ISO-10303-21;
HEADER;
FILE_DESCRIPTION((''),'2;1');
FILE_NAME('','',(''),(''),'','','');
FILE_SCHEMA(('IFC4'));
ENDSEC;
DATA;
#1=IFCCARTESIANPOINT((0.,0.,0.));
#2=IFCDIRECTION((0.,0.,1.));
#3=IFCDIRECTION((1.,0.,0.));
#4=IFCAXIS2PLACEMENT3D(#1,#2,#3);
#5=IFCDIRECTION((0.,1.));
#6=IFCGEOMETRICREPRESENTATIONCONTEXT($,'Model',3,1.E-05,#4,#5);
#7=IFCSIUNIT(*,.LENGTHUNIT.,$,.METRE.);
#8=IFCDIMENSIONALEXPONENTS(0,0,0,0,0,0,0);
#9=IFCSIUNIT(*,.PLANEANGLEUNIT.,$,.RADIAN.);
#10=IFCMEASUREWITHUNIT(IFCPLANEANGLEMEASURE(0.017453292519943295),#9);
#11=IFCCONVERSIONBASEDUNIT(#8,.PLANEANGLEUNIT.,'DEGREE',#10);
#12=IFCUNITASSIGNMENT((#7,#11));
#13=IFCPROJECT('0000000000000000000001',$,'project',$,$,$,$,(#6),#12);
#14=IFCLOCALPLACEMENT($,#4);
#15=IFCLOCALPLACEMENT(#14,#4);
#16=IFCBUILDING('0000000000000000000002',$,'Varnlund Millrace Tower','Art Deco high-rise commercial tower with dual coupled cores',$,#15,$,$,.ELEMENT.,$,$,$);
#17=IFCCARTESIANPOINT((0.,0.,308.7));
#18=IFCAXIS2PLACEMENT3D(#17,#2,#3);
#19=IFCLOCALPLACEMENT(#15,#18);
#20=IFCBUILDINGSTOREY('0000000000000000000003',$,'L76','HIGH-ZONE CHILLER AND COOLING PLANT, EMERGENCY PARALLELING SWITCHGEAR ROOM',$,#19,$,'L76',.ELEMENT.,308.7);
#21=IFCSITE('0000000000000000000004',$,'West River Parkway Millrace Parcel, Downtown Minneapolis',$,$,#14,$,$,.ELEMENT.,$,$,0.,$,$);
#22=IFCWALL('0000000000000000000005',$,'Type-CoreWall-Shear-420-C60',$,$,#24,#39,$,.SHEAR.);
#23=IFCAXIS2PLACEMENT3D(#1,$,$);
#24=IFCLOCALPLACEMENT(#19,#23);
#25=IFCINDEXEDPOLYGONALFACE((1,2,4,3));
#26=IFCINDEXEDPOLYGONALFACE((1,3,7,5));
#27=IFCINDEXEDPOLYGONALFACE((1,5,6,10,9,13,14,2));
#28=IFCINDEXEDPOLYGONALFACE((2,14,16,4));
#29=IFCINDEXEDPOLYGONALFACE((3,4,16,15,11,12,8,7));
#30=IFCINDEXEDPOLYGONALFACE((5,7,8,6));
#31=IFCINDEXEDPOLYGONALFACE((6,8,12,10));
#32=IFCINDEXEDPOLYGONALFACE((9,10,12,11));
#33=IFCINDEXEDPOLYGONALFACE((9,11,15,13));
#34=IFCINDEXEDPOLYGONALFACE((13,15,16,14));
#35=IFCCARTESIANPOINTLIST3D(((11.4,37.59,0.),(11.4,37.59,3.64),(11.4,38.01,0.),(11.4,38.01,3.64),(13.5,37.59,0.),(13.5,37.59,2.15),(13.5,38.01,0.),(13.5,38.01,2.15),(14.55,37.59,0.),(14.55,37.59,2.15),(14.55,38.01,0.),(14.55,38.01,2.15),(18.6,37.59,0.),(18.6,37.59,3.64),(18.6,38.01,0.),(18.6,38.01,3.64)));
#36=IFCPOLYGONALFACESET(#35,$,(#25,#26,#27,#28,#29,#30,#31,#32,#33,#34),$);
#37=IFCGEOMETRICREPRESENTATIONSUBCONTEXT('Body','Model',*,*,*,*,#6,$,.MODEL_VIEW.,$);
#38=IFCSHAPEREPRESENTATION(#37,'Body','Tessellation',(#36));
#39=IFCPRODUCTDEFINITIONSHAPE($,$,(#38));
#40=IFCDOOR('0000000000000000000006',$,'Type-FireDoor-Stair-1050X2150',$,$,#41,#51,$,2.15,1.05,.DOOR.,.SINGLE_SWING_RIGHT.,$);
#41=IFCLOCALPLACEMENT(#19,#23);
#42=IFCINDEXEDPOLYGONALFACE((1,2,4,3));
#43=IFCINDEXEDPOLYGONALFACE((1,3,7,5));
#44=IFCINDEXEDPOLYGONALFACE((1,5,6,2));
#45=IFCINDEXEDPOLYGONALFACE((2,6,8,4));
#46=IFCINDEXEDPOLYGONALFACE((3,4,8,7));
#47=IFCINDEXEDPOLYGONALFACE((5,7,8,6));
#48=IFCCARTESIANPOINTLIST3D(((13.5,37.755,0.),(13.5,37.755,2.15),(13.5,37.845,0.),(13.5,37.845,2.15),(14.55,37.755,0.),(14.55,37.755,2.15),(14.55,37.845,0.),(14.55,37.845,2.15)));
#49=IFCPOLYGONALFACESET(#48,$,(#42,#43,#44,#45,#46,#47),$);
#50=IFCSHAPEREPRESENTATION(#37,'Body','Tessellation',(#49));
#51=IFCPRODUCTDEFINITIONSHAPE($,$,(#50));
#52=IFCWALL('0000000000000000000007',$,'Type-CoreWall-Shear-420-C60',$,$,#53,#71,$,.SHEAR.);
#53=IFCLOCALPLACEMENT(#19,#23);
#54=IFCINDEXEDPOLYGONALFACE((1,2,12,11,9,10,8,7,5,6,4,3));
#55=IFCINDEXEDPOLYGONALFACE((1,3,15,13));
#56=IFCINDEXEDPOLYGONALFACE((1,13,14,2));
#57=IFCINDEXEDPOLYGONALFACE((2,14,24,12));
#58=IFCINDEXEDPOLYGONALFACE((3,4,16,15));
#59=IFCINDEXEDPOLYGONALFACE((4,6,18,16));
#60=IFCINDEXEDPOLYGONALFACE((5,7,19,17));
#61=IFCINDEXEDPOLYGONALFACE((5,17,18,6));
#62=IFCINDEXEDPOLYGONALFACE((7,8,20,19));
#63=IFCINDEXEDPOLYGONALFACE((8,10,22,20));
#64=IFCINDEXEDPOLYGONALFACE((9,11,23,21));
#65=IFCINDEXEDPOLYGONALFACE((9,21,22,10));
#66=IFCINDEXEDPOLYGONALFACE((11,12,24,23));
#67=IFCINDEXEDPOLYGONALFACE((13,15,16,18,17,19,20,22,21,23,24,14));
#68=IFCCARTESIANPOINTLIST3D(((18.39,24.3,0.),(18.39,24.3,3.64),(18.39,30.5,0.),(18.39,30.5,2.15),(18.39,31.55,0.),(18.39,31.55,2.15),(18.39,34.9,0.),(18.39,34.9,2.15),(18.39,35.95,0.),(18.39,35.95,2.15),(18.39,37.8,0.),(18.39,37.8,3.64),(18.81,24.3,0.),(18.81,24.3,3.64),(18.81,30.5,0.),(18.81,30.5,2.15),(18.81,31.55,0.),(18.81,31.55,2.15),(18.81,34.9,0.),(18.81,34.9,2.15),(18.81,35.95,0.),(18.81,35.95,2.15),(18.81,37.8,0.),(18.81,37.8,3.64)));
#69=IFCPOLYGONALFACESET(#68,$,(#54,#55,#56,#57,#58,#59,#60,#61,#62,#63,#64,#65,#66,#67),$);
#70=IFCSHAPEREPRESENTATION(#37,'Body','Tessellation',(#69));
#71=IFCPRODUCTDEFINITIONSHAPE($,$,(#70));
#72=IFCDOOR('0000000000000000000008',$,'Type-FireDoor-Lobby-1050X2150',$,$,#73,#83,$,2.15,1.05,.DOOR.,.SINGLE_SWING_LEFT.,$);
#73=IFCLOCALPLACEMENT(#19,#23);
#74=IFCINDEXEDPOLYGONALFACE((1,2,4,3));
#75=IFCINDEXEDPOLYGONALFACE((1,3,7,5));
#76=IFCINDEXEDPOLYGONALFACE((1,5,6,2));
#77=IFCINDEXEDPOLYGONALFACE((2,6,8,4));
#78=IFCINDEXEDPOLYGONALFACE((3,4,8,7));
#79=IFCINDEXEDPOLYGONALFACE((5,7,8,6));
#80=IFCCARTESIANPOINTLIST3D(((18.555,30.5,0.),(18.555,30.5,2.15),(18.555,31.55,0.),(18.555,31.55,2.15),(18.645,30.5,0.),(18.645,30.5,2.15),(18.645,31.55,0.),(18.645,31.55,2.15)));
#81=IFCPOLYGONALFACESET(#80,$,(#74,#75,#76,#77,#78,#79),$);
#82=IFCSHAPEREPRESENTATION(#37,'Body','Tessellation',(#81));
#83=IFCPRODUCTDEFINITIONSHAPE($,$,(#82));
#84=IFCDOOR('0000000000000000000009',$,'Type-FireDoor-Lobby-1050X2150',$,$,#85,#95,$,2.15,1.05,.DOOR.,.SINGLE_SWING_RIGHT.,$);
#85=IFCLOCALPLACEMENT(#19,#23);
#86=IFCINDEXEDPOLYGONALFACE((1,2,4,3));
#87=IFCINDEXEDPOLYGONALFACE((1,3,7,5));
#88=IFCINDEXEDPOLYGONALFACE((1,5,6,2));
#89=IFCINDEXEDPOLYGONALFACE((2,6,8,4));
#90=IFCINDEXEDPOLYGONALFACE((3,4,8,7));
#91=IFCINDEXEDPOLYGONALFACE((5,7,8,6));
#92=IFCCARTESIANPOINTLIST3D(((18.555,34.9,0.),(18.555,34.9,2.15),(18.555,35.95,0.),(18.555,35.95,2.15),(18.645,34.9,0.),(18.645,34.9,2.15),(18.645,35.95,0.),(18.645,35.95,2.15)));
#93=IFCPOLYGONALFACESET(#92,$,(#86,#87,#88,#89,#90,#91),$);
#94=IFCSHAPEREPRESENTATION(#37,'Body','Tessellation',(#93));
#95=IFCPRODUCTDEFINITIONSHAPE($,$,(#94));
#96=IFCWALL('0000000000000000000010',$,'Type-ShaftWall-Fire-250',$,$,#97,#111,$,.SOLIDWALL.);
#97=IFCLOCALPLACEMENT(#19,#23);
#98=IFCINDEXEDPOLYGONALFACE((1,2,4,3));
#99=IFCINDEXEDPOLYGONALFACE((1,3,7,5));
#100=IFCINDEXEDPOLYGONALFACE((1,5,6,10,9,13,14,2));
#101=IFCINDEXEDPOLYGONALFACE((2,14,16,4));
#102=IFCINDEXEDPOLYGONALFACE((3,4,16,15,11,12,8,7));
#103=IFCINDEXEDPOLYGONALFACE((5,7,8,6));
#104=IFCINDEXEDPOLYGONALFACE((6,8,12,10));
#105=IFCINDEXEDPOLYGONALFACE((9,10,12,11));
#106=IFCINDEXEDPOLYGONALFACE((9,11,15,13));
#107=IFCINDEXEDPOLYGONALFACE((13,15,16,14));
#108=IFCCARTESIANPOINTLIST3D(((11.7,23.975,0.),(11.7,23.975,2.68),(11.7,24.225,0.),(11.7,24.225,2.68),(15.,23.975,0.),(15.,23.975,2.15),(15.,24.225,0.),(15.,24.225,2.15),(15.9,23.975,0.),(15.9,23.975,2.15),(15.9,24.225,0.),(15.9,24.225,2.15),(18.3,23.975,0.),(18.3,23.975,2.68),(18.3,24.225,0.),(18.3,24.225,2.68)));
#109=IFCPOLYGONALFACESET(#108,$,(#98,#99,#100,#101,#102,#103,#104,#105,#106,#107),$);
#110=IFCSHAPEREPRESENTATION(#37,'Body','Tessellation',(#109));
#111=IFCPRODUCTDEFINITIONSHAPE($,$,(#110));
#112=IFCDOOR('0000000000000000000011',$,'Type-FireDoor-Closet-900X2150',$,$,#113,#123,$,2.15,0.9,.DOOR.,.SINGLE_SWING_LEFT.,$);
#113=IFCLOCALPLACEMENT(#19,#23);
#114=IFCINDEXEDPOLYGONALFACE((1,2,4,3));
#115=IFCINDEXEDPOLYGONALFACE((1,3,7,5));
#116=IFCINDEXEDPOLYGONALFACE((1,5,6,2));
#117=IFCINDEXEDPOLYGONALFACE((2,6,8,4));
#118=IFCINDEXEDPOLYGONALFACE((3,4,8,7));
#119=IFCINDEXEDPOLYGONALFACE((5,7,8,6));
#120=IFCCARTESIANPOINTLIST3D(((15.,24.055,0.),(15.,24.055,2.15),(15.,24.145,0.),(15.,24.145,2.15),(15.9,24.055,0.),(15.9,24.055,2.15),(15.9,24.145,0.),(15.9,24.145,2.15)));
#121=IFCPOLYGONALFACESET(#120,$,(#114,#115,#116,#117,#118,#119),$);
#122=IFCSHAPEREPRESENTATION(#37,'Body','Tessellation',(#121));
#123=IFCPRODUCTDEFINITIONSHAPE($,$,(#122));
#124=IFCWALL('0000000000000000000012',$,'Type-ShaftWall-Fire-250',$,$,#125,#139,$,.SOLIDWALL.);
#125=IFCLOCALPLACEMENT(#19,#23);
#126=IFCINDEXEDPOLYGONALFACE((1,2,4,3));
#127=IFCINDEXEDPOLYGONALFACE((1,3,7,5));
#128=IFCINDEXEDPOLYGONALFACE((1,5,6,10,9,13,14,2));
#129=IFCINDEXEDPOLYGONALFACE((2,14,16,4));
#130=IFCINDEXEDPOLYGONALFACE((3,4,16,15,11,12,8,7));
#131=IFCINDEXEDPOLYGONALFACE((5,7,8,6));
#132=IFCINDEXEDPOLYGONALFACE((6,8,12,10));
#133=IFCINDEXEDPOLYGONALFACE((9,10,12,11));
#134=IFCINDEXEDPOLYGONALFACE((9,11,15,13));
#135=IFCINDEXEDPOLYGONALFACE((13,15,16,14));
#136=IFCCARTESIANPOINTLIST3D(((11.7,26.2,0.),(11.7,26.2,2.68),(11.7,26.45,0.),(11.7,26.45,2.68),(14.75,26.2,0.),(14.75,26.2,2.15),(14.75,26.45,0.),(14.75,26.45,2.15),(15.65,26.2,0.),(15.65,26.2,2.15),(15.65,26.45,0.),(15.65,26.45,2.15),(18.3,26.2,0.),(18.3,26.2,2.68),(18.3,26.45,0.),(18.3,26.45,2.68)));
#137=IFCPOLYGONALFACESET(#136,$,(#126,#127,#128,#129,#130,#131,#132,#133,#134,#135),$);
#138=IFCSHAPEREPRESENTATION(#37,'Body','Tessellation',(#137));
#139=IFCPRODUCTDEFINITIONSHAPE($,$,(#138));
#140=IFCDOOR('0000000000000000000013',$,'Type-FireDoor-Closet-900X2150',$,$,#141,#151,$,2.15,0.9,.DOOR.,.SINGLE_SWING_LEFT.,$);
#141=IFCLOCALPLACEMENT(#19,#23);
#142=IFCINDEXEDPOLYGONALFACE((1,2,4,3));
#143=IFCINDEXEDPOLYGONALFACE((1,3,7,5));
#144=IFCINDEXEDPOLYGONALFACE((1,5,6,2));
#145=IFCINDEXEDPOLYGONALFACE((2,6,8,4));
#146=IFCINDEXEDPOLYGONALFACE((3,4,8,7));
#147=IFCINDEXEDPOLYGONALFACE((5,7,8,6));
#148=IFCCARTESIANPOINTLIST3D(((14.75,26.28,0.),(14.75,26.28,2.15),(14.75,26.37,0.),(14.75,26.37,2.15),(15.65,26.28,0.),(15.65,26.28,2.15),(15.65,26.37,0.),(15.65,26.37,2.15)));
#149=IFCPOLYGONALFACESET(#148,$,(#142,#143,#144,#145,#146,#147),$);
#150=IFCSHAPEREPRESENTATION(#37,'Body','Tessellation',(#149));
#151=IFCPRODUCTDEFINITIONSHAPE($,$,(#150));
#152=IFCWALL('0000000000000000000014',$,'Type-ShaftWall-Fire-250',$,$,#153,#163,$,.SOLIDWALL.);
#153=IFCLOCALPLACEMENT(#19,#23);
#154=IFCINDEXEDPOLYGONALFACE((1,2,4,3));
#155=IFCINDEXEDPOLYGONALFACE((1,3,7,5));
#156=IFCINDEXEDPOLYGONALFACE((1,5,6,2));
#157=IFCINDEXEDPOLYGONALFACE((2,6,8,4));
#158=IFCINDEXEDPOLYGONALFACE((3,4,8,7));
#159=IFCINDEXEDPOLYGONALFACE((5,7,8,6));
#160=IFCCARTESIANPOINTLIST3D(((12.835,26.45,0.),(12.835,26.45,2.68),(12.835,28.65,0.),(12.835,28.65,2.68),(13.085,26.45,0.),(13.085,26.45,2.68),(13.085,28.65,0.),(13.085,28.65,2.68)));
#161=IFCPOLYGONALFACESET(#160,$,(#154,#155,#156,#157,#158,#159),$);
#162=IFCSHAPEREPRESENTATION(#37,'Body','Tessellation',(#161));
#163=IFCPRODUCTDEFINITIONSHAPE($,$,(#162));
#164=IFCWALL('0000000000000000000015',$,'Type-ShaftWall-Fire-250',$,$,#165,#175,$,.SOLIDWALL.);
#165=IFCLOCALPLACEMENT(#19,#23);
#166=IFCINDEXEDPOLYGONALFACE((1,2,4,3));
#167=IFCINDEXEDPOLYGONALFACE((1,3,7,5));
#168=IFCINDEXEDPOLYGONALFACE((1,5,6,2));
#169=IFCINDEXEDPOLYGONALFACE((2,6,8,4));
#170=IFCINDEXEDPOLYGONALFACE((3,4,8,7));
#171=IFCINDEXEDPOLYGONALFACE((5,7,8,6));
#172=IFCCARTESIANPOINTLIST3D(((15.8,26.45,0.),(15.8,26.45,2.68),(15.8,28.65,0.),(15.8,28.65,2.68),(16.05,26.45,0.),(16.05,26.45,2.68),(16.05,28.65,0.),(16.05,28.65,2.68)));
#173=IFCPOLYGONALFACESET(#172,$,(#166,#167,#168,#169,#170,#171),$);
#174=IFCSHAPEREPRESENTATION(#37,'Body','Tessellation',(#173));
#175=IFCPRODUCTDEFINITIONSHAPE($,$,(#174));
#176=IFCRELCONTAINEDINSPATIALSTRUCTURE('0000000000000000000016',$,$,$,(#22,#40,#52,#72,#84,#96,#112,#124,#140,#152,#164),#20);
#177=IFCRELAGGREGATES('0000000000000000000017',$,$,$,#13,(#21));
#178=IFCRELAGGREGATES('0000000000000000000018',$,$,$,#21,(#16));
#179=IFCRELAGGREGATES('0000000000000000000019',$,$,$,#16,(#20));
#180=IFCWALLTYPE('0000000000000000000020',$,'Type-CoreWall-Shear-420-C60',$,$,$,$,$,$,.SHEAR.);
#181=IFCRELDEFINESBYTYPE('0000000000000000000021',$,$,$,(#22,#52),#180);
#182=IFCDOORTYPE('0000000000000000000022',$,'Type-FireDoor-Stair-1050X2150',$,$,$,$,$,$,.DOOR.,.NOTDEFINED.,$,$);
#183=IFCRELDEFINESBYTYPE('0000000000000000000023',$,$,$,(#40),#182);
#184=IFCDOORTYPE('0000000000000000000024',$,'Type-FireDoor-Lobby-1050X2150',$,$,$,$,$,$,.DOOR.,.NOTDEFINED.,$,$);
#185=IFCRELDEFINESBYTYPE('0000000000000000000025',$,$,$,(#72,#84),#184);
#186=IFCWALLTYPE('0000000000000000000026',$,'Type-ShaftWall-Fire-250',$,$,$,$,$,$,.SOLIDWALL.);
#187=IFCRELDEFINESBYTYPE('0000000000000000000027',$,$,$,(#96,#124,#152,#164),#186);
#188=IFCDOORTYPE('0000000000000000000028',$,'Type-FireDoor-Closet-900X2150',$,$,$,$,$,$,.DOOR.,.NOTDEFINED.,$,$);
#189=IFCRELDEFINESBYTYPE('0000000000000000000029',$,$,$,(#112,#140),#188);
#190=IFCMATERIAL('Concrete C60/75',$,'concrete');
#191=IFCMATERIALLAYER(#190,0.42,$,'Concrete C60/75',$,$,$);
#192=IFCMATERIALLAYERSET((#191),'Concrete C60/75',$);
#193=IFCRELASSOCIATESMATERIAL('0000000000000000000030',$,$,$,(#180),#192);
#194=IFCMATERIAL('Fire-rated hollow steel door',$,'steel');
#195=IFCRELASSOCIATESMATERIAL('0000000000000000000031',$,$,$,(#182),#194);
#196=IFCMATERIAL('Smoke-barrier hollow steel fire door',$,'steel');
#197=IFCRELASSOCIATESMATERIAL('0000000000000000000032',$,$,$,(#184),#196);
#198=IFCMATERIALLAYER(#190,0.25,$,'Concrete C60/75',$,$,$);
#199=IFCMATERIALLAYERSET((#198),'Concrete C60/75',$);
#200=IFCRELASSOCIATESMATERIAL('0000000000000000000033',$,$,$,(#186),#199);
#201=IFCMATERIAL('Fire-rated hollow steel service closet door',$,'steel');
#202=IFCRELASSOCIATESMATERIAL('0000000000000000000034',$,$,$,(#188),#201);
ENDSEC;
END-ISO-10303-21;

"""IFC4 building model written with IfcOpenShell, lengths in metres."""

from ifc_helpers import new_model, entity, si_unit, converted_unit, direction, frame, origin_with_axes, origin_2d_with_axis, place, context, subcontext, project, spatial, polyline, rectangle, outline, extrude, material, layer, layer_set, type_object, element, fill, save


model = new_model("IFC4")

# Units and contexts
model_context = context("Model", 3, precision=1e-05, world=origin_with_axes(), true_north=direction((0.0, 1.0)))
body_context = subcontext(model_context, "Body", "Model", "MODEL_VIEW")
ifc_project = project(units=[si_unit("LENGTHUNIT", "METRE"), converted_unit("PLANEANGLEUNIT", "DEGREE", entity("IfcPlaneAngleMeasure", 0.017453292519943295), si_unit("PLANEANGLEUNIT", "RADIAN"), dimensions=[0, 0, 0, 0, 0, 0, 0])], contexts=[model_context])

# Site, building, storey
site_placement = place(None, origin_with_axes())
site = spatial("IfcSite", under=ifc_project, at=site_placement, Name="West River Parkway Millrace Parcel, Downtown Minneapolis", CompositionType="ELEMENT", RefElevation=0.0)
building_placement = place(site_placement, origin_with_axes())
building = spatial("IfcBuilding", under=site, at=building_placement, Name="Varnlund Millrace Tower", Description="Art Deco high-rise commercial tower with dual coupled cores", CompositionType="ELEMENT")
storey_placement = place(building_placement, frame((0.0, 0.0, 308.7), z_axis=(0.0, 0.0, 1.0), x_axis=(1.0, 0.0, 0.0)))
storey = spatial("IfcBuildingStorey", under=building, at=storey_placement, Name="L76", Description="HIGH-ZONE CHILLER AND COOLING PLANT, EMERGENCY PARALLELING SWITCHGEAR ROOM", LongName="L76", CompositionType="ELEMENT", Elevation=308.7)

# Wall, opening, door
ifc_material_1 = material(Name="Concrete C60/75", Category="concrete")
ifc_layer_1 = layer(ifc_material_1, 0.42, Name="Concrete C60/75")
ifc_layer_set_1 = layer_set([ifc_layer_1], Name="Concrete C60/75")
wall_type_1 = type_object("IfcWallType", Name="Type-CoreWall-Shear-420-C60", PredefinedType="SHEAR", material=ifc_layer_set_1)
wall_1_placement = place(storey_placement, frame((11.4, 37.8, 0.0), z_axis=(0.0, 0.0, 1.0), x_axis=(1.0, 0.0, 0.0)))
wall_1 = element("IfcWall", 1, at=wall_1_placement, inside=storey, type_object=wall_type_1, Name="Type-CoreWall-Shear-420-C60", PredefinedType="SHEAR", context=body_context, shape_type="SweptSolid", body=[
    extrude(outline(polyline([(0.0, -0.21), (7.2, -0.21), (7.2, 0.21), (0.0, 0.21), (0.0, -0.21)])), origin_with_axes(), (0.0, 0.0, 1.0), 3.64),
])
opening_1_placement = place(wall_1_placement, frame((2.625, 0.0, 0.0), z_axis=(0.0, 0.0, 1.0), x_axis=(1.0, 0.0, 0.0)))
opening_1 = element("IfcOpeningElement", 2, at=opening_1_placement, cuts=wall_1, PredefinedType="OPENING", context=body_context, shape_type="SweptSolid", body=[
    extrude(rectangle(XDim=1.05, YDim=0.44, at=origin_2d_with_axis()), origin_with_axes(), (0.0, 0.0, 1.0), 2.15),
])
ifc_material_2 = material(Name="Fire-rated hollow steel door", Category="steel")
door_type_1 = type_object("IfcDoorType", Name="Type-FireDoor-Stair-1050X2150", OperationType="NOTDEFINED", PredefinedType="DOOR", material=ifc_material_2)
door_1_placement = place(wall_1_placement, frame((2.625, 0.0, 0.0), z_axis=(0.0, 0.0, 1.0), x_axis=(1.0, 0.0, 0.0)))
door_1 = element("IfcDoor", 3, at=door_1_placement, inside=storey, type_object=door_type_1, Name="Type-FireDoor-Stair-1050X2150", OperationType="SINGLE_SWING_RIGHT", OverallHeight=2.15, OverallWidth=1.05, PredefinedType="DOOR", context=body_context, shape_type="SweptSolid", body=[
    extrude(rectangle(XDim=1.05, YDim=0.09, at=origin_2d_with_axis()), origin_with_axes(), (0.0, 0.0, 1.0), 2.15),
])
fill(opening_1, door_1)

# Wall, openings, doors
wall_2_placement = place(storey_placement, frame((18.6, 24.3, 0.0), z_axis=(0.0, 0.0, 1.0), x_axis=(0.0, 1.0, 0.0)))
wall_2 = element("IfcWall", 4, at=wall_2_placement, inside=storey, type_object=wall_type_1, Name="Type-CoreWall-Shear-420-C60", PredefinedType="SHEAR", context=body_context, shape_type="SweptSolid", body=[
    extrude(outline(polyline([(0.0, -0.21), (13.5, -0.21), (13.5, 0.21), (0.0, 0.21), (0.0, -0.21)])), origin_with_axes(), (0.0, 0.0, 1.0), 3.64),
])
opening_2_placement = place(wall_2_placement, frame((6.725, 0.0, 0.0), z_axis=(0.0, 0.0, 1.0), x_axis=(1.0, 0.0, 0.0)))
opening_2 = element("IfcOpeningElement", 5, at=opening_2_placement, cuts=wall_2, PredefinedType="OPENING", context=body_context, shape_type="SweptSolid", body=[
    extrude(rectangle(XDim=1.05, YDim=0.44, at=origin_2d_with_axis()), origin_with_axes(), (0.0, 0.0, 1.0), 2.15),
])
opening_3_placement = place(wall_2_placement, frame((11.125, 0.0, 0.0), z_axis=(0.0, 0.0, 1.0), x_axis=(1.0, 0.0, 0.0)))
opening_3 = element("IfcOpeningElement", 6, at=opening_3_placement, cuts=wall_2, PredefinedType="OPENING", context=body_context, shape_type="SweptSolid", body=[
    extrude(rectangle(XDim=1.05, YDim=0.44, at=origin_2d_with_axis()), origin_with_axes(), (0.0, 0.0, 1.0), 2.15),
])
ifc_material_3 = material(Name="Smoke-barrier hollow steel fire door", Category="steel")
door_type_2 = type_object("IfcDoorType", Name="Type-FireDoor-Lobby-1050X2150", OperationType="NOTDEFINED", PredefinedType="DOOR", material=ifc_material_3)
door_2_placement = place(wall_2_placement, frame((6.725, 0.0, 0.0), z_axis=(0.0, 0.0, 1.0), x_axis=(1.0, 0.0, 0.0)))
door_2 = element("IfcDoor", 7, at=door_2_placement, inside=storey, type_object=door_type_2, Name="Type-FireDoor-Lobby-1050X2150", OperationType="SINGLE_SWING_LEFT", OverallHeight=2.15, OverallWidth=1.05, PredefinedType="DOOR", context=body_context, shape_type="SweptSolid", body=[
    extrude(rectangle(XDim=1.05, YDim=0.09, at=origin_2d_with_axis()), origin_with_axes(), (0.0, 0.0, 1.0), 2.15),
])
fill(opening_2, door_2)
door_3_placement = place(wall_2_placement, frame((11.125, 0.0, 0.0), z_axis=(0.0, 0.0, 1.0), x_axis=(1.0, 0.0, 0.0)))
door_3 = element("IfcDoor", 8, at=door_3_placement, inside=storey, type_object=door_type_2, Name="Type-FireDoor-Lobby-1050X2150", OperationType="SINGLE_SWING_RIGHT", OverallHeight=2.15, OverallWidth=1.05, PredefinedType="DOOR", context=body_context, shape_type="SweptSolid", body=[
    extrude(rectangle(XDim=1.05, YDim=0.09, at=origin_2d_with_axis()), origin_with_axes(), (0.0, 0.0, 1.0), 2.15),
])
fill(opening_3, door_3)

# Walls, openings, doors
ifc_layer_2 = layer(ifc_material_1, 0.25, Name="Concrete C60/75")
ifc_layer_set_2 = layer_set([ifc_layer_2], Name="Concrete C60/75")
wall_type_2 = type_object("IfcWallType", Name="Type-ShaftWall-Fire-250", PredefinedType="SOLIDWALL", material=ifc_layer_set_2)
wall_3_placement = place(storey_placement, frame((11.7, 24.1, 0.0), z_axis=(0.0, 0.0, 1.0), x_axis=(1.0, 0.0, 0.0)))
wall_3 = element("IfcWall", 9, at=wall_3_placement, inside=storey, type_object=wall_type_2, Name="Type-ShaftWall-Fire-250", PredefinedType="SOLIDWALL", context=body_context, shape_type="SweptSolid", body=[
    extrude(outline(polyline([(0.0, -0.125), (6.6, -0.125), (6.6, 0.125), (0.0, 0.125), (0.0, -0.125)])), origin_with_axes(), (0.0, 0.0, 1.0), 2.68),
])
opening_4_placement = place(wall_3_placement, frame((3.75, 0.0, 0.0), z_axis=(0.0, 0.0, 1.0), x_axis=(1.0, 0.0, 0.0)))
opening_4 = element("IfcOpeningElement", 10, at=opening_4_placement, cuts=wall_3, PredefinedType="OPENING", context=body_context, shape_type="SweptSolid", body=[
    extrude(rectangle(XDim=0.9, YDim=0.27, at=origin_2d_with_axis()), origin_with_axes(), (0.0, 0.0, 1.0), 2.15),
])
ifc_material_4 = material(Name="Fire-rated hollow steel service closet door", Category="steel")
door_type_3 = type_object("IfcDoorType", Name="Type-FireDoor-Closet-900X2150", OperationType="NOTDEFINED", PredefinedType="DOOR", material=ifc_material_4)
door_4_placement = place(wall_3_placement, frame((3.75, 0.0, 0.0), z_axis=(0.0, 0.0, 1.0), x_axis=(1.0, 0.0, 0.0)))
door_4 = element("IfcDoor", 11, at=door_4_placement, inside=storey, type_object=door_type_3, Name="Type-FireDoor-Closet-900X2150", OperationType="SINGLE_SWING_LEFT", OverallHeight=2.15, OverallWidth=0.9, PredefinedType="DOOR", context=body_context, shape_type="SweptSolid", body=[
    extrude(rectangle(XDim=0.9, YDim=0.09, at=origin_2d_with_axis()), origin_with_axes(), (0.0, 0.0, 1.0), 2.15),
])
fill(opening_4, door_4)
wall_4_placement = place(storey_placement, frame((11.7, 26.325, 0.0), z_axis=(0.0, 0.0, 1.0), x_axis=(1.0, 0.0, 0.0)))
wall_4 = element("IfcWall", 12, at=wall_4_placement, inside=storey, type_object=wall_type_2, Name="Type-ShaftWall-Fire-250", PredefinedType="SOLIDWALL", context=body_context, shape_type="SweptSolid", body=[
    extrude(outline(polyline([(0.0, -0.125), (6.6, -0.125), (6.6, 0.125), (0.0, 0.125), (0.0, -0.125)])), origin_with_axes(), (0.0, 0.0, 1.0), 2.68),
])
opening_5_placement = place(wall_4_placement, frame((3.5, 0.0, 0.0), z_axis=(0.0, 0.0, 1.0), x_axis=(1.0, 0.0, 0.0)))
opening_5 = element("IfcOpeningElement", 13, at=opening_5_placement, cuts=wall_4, PredefinedType="OPENING", context=body_context, shape_type="SweptSolid", body=[
    extrude(rectangle(XDim=0.9, YDim=0.27, at=origin_2d_with_axis()), origin_with_axes(), (0.0, 0.0, 1.0), 2.15),
])
door_5_placement = place(wall_4_placement, frame((3.5, 0.0, 0.0), z_axis=(0.0, 0.0, 1.0), x_axis=(1.0, 0.0, 0.0)))
door_5 = element("IfcDoor", 14, at=door_5_placement, inside=storey, type_object=door_type_3, Name="Type-FireDoor-Closet-900X2150", OperationType="SINGLE_SWING_LEFT", OverallHeight=2.15, OverallWidth=0.9, PredefinedType="DOOR", context=body_context, shape_type="SweptSolid", body=[
    extrude(rectangle(XDim=0.9, YDim=0.09, at=origin_2d_with_axis()), origin_with_axes(), (0.0, 0.0, 1.0), 2.15),
])
fill(opening_5, door_5)

# Walls
for number, where, z_axis, x_axis, name in (
    (15, (12.96, 26.45, 0.0), (0.0, 0.0, 1.0), (0.0, 1.0, 0.0), "Type-ShaftWall-Fire-250"),
    (16, (15.925, 26.45, 0.0), (0.0, 0.0, 1.0), (0.0, 1.0, 0.0), "Type-ShaftWall-Fire-250"),
):
    element("IfcWall", number, at=place(storey_placement, frame(where, z_axis=z_axis, x_axis=x_axis)), inside=storey, type_object=wall_type_2, Name=name, PredefinedType="SOLIDWALL", context=body_context, shape_type="SweptSolid", body=[
        extrude(outline(polyline([(0.0, -0.125), (2.2, -0.125), (2.2, 0.125), (0.0, 0.125), (0.0, -0.125)])), origin_with_axes(), (0.0, 0.0, 1.0), 2.68),
    ])

save(model, "model.ifc")
